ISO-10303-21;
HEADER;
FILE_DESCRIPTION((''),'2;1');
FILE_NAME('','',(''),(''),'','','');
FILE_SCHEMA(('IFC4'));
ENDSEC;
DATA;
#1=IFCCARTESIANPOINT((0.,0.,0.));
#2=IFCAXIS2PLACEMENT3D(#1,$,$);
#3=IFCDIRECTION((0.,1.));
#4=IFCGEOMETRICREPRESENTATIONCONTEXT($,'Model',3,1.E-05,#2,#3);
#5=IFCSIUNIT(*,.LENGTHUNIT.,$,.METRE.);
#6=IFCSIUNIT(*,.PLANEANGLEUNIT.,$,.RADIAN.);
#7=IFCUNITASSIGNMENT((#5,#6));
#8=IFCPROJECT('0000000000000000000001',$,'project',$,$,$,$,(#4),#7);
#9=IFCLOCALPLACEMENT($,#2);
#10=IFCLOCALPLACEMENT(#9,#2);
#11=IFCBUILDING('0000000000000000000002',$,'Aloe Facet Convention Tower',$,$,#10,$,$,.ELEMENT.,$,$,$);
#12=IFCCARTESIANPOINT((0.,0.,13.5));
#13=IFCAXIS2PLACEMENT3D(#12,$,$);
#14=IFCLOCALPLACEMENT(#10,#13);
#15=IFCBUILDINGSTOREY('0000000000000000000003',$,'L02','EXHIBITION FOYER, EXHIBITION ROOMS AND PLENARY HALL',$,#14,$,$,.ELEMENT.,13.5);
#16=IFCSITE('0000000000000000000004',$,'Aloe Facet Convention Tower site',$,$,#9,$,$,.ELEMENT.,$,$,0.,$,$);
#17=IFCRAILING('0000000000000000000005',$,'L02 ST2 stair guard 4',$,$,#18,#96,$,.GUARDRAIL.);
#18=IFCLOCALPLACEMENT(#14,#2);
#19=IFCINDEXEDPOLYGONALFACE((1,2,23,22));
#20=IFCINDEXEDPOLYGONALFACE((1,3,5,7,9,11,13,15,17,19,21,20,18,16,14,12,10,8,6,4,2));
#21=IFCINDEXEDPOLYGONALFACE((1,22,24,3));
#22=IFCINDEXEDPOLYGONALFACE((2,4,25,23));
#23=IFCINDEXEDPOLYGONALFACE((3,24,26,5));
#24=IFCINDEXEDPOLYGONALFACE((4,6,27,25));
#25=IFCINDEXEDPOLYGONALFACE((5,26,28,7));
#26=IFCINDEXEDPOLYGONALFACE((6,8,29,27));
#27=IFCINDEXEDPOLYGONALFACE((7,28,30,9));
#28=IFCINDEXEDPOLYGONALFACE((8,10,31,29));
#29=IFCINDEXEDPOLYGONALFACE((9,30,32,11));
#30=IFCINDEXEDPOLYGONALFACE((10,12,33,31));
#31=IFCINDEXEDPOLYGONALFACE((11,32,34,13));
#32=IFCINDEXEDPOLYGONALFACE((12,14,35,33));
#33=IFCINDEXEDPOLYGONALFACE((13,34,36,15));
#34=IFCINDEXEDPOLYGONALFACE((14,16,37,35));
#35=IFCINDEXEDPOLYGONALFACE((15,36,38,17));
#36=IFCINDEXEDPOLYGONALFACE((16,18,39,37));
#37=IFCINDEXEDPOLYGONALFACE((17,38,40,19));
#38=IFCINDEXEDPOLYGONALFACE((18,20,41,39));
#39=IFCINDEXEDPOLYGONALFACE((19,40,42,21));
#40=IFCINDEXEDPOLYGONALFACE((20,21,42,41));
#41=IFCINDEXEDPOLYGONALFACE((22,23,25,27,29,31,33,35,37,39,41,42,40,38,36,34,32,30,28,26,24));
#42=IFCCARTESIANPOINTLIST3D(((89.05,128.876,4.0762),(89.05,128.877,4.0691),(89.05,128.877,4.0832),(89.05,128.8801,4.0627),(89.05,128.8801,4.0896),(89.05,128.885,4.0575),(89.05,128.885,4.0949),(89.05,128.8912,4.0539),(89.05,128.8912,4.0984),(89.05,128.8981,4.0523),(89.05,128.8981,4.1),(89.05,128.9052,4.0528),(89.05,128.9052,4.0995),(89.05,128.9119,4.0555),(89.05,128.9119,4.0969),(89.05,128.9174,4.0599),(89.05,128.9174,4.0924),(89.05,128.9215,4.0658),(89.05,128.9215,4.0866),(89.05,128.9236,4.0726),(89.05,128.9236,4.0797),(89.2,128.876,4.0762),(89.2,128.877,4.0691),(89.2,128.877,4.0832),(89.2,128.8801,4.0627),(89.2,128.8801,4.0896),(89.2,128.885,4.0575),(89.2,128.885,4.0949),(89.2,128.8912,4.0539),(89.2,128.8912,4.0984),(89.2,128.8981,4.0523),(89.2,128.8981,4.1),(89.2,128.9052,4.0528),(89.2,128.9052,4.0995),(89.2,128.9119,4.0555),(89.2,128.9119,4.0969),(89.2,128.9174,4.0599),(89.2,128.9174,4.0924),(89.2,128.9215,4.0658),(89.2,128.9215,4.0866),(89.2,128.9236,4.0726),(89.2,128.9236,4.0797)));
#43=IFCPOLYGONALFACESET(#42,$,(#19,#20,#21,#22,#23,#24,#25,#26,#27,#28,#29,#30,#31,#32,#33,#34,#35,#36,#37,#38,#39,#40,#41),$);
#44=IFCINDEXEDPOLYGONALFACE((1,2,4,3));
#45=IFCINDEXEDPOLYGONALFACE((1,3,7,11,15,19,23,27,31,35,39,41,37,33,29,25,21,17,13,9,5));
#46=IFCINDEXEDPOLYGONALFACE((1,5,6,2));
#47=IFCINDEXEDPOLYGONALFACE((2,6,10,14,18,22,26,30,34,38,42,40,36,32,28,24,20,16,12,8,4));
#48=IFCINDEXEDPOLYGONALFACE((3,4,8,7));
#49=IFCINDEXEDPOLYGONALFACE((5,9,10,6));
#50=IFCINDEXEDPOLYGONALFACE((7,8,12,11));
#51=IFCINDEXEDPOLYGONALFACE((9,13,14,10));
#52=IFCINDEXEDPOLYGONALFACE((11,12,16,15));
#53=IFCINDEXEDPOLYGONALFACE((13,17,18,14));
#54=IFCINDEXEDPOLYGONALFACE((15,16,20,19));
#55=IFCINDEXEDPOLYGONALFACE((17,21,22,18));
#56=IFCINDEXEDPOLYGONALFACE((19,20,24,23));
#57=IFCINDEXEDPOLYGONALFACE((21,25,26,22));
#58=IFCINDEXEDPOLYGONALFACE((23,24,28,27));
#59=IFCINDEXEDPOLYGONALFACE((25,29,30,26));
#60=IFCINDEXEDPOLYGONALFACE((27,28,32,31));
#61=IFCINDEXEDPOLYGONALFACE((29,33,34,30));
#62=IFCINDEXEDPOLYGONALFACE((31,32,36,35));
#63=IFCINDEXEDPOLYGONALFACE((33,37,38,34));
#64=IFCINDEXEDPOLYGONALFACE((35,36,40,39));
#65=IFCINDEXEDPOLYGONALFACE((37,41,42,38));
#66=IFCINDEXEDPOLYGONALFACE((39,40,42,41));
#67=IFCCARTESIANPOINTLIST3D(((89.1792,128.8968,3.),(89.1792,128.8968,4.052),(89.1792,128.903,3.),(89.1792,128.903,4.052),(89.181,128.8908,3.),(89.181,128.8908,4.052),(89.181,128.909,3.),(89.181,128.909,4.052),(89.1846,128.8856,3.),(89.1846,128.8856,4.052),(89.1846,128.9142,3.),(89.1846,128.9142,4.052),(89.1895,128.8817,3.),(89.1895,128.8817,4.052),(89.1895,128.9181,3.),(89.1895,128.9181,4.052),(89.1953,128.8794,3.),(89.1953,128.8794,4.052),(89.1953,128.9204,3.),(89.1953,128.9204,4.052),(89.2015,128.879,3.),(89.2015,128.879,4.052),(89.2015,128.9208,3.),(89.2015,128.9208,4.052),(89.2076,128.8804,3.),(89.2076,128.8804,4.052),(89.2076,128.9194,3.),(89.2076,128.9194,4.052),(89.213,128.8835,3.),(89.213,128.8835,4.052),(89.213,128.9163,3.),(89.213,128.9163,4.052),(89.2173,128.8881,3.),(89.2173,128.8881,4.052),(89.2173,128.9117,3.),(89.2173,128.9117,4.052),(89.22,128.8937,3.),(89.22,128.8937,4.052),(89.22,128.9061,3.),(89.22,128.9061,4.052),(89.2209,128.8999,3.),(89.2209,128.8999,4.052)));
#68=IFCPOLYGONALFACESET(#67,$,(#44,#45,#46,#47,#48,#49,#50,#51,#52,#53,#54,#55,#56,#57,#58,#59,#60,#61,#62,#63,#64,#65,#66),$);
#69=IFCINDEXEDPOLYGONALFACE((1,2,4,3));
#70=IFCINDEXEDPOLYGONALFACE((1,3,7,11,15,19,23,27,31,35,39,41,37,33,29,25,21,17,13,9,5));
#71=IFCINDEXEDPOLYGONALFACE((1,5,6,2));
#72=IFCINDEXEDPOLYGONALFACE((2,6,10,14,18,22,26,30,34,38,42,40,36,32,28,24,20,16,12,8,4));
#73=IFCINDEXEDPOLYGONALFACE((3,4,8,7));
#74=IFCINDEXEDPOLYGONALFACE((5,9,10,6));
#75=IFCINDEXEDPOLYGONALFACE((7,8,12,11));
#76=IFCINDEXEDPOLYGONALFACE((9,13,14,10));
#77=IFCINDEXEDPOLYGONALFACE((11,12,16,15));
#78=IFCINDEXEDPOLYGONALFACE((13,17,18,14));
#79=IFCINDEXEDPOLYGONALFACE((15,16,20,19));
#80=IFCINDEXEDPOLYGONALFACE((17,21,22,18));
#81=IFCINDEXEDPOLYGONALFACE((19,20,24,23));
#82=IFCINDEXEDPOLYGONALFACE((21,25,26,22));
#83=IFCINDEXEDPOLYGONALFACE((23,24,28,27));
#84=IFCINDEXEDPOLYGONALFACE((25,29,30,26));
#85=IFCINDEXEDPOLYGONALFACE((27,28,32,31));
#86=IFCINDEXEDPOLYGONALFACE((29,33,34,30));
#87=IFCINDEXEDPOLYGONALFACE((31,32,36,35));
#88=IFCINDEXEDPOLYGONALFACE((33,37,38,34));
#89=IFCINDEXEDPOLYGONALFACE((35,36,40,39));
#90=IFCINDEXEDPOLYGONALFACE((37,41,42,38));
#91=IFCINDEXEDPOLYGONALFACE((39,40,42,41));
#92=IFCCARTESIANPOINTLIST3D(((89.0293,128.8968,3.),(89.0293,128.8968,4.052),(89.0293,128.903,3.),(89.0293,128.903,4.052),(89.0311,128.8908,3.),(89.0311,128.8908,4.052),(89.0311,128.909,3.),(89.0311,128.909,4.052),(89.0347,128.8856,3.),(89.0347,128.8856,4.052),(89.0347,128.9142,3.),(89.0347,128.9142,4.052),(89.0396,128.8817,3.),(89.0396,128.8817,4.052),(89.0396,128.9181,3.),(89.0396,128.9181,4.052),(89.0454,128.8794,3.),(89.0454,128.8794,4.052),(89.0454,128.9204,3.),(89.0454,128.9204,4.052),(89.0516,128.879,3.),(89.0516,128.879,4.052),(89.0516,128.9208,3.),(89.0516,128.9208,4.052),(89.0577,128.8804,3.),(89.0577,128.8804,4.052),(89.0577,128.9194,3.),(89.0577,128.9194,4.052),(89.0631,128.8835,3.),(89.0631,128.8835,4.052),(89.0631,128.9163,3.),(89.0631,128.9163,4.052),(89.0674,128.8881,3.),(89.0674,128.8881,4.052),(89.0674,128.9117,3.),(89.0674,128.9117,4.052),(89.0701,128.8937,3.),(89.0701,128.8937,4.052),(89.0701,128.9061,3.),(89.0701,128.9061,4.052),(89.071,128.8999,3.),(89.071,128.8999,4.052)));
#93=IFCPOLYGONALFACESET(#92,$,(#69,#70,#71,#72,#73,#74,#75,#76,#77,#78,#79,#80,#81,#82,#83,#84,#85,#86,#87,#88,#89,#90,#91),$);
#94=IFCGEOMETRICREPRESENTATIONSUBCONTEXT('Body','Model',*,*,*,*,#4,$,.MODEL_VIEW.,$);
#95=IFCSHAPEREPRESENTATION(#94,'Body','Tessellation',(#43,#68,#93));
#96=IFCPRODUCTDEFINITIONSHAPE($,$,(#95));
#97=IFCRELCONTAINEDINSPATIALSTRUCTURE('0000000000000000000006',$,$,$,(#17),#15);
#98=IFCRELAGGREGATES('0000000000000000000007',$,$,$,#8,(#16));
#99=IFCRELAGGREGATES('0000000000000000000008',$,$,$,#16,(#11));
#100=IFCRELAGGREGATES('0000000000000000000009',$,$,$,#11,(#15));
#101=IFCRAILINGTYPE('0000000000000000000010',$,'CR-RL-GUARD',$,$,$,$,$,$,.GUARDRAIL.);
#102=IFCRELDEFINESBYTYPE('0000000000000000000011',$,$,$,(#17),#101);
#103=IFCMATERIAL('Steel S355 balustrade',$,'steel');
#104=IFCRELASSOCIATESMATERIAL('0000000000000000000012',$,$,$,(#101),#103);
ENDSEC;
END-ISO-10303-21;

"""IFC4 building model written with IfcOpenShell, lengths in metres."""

from ifc_helpers import new_model, si_unit, direction, frame, origin, origin_2d, place, context, subcontext, project, spatial, circle, extrude, material, type_object, element, save


model = new_model("IFC4")

# Units and contexts
model_context = context("Model", 3, precision=1e-05, world=origin(), true_north=direction((0.0, 1.0)))
body_context = subcontext(model_context, "Body", "Model", "MODEL_VIEW")
ifc_project = project(units=[si_unit("LENGTHUNIT", "METRE"), si_unit("PLANEANGLEUNIT", "RADIAN")], contexts=[model_context])

# Site, building, storey
site_placement = place(None, origin())
site = spatial("IfcSite", under=ifc_project, at=site_placement, Name="Aloe Facet Convention Tower site", CompositionType="ELEMENT", RefElevation=0.0)
building_placement = place(site_placement, origin())
building = spatial("IfcBuilding", under=site, at=building_placement, Name="Aloe Facet Convention Tower", CompositionType="ELEMENT")
storey_placement = place(building_placement, frame((0.0, 0.0, 13.5)))
storey = spatial("IfcBuildingStorey", under=building, at=storey_placement, Name="L02", Description="EXHIBITION FOYER, EXHIBITION ROOMS AND PLENARY HALL", CompositionType="ELEMENT", Elevation=13.5)

# Railing
ifc_material_1 = material(Name="Steel S355 balustrade", Category="steel")
railing_type_1 = type_object("IfcRailingType", Name="CR-RL-GUARD", PredefinedType="GUARDRAIL", material=ifc_material_1)
railing_1_placement = place(storey_placement, frame((89.2, 128.8999, 3.0)))
element("IfcRailing", 1, at=railing_1_placement, inside=storey, type_object=railing_type_1, Name="L02 ST2 stair guard 4", PredefinedType="GUARDRAIL", context=body_context, shape_type="SweptSolid", body=[
    extrude(circle(Radius=0.0239, at=origin_2d()), frame((0.0, 0.0, 1.0762), z_axis=(-1.0, 0.0, 0.0), x_axis=(0.0, -1.0, 0.0)), (0.0, 0.0, 1.0), 0.1499),
    extrude(circle(Radius=0.021, at=origin_2d()), origin(), (0.0, 0.0, 1.0), 1.052),
    extrude(circle(Radius=0.021, at=origin_2d()), frame((-0.1499, 0.0, 0.0)), (0.0, 0.0, 1.0), 1.052),
])

save(model, "model.ifc")
